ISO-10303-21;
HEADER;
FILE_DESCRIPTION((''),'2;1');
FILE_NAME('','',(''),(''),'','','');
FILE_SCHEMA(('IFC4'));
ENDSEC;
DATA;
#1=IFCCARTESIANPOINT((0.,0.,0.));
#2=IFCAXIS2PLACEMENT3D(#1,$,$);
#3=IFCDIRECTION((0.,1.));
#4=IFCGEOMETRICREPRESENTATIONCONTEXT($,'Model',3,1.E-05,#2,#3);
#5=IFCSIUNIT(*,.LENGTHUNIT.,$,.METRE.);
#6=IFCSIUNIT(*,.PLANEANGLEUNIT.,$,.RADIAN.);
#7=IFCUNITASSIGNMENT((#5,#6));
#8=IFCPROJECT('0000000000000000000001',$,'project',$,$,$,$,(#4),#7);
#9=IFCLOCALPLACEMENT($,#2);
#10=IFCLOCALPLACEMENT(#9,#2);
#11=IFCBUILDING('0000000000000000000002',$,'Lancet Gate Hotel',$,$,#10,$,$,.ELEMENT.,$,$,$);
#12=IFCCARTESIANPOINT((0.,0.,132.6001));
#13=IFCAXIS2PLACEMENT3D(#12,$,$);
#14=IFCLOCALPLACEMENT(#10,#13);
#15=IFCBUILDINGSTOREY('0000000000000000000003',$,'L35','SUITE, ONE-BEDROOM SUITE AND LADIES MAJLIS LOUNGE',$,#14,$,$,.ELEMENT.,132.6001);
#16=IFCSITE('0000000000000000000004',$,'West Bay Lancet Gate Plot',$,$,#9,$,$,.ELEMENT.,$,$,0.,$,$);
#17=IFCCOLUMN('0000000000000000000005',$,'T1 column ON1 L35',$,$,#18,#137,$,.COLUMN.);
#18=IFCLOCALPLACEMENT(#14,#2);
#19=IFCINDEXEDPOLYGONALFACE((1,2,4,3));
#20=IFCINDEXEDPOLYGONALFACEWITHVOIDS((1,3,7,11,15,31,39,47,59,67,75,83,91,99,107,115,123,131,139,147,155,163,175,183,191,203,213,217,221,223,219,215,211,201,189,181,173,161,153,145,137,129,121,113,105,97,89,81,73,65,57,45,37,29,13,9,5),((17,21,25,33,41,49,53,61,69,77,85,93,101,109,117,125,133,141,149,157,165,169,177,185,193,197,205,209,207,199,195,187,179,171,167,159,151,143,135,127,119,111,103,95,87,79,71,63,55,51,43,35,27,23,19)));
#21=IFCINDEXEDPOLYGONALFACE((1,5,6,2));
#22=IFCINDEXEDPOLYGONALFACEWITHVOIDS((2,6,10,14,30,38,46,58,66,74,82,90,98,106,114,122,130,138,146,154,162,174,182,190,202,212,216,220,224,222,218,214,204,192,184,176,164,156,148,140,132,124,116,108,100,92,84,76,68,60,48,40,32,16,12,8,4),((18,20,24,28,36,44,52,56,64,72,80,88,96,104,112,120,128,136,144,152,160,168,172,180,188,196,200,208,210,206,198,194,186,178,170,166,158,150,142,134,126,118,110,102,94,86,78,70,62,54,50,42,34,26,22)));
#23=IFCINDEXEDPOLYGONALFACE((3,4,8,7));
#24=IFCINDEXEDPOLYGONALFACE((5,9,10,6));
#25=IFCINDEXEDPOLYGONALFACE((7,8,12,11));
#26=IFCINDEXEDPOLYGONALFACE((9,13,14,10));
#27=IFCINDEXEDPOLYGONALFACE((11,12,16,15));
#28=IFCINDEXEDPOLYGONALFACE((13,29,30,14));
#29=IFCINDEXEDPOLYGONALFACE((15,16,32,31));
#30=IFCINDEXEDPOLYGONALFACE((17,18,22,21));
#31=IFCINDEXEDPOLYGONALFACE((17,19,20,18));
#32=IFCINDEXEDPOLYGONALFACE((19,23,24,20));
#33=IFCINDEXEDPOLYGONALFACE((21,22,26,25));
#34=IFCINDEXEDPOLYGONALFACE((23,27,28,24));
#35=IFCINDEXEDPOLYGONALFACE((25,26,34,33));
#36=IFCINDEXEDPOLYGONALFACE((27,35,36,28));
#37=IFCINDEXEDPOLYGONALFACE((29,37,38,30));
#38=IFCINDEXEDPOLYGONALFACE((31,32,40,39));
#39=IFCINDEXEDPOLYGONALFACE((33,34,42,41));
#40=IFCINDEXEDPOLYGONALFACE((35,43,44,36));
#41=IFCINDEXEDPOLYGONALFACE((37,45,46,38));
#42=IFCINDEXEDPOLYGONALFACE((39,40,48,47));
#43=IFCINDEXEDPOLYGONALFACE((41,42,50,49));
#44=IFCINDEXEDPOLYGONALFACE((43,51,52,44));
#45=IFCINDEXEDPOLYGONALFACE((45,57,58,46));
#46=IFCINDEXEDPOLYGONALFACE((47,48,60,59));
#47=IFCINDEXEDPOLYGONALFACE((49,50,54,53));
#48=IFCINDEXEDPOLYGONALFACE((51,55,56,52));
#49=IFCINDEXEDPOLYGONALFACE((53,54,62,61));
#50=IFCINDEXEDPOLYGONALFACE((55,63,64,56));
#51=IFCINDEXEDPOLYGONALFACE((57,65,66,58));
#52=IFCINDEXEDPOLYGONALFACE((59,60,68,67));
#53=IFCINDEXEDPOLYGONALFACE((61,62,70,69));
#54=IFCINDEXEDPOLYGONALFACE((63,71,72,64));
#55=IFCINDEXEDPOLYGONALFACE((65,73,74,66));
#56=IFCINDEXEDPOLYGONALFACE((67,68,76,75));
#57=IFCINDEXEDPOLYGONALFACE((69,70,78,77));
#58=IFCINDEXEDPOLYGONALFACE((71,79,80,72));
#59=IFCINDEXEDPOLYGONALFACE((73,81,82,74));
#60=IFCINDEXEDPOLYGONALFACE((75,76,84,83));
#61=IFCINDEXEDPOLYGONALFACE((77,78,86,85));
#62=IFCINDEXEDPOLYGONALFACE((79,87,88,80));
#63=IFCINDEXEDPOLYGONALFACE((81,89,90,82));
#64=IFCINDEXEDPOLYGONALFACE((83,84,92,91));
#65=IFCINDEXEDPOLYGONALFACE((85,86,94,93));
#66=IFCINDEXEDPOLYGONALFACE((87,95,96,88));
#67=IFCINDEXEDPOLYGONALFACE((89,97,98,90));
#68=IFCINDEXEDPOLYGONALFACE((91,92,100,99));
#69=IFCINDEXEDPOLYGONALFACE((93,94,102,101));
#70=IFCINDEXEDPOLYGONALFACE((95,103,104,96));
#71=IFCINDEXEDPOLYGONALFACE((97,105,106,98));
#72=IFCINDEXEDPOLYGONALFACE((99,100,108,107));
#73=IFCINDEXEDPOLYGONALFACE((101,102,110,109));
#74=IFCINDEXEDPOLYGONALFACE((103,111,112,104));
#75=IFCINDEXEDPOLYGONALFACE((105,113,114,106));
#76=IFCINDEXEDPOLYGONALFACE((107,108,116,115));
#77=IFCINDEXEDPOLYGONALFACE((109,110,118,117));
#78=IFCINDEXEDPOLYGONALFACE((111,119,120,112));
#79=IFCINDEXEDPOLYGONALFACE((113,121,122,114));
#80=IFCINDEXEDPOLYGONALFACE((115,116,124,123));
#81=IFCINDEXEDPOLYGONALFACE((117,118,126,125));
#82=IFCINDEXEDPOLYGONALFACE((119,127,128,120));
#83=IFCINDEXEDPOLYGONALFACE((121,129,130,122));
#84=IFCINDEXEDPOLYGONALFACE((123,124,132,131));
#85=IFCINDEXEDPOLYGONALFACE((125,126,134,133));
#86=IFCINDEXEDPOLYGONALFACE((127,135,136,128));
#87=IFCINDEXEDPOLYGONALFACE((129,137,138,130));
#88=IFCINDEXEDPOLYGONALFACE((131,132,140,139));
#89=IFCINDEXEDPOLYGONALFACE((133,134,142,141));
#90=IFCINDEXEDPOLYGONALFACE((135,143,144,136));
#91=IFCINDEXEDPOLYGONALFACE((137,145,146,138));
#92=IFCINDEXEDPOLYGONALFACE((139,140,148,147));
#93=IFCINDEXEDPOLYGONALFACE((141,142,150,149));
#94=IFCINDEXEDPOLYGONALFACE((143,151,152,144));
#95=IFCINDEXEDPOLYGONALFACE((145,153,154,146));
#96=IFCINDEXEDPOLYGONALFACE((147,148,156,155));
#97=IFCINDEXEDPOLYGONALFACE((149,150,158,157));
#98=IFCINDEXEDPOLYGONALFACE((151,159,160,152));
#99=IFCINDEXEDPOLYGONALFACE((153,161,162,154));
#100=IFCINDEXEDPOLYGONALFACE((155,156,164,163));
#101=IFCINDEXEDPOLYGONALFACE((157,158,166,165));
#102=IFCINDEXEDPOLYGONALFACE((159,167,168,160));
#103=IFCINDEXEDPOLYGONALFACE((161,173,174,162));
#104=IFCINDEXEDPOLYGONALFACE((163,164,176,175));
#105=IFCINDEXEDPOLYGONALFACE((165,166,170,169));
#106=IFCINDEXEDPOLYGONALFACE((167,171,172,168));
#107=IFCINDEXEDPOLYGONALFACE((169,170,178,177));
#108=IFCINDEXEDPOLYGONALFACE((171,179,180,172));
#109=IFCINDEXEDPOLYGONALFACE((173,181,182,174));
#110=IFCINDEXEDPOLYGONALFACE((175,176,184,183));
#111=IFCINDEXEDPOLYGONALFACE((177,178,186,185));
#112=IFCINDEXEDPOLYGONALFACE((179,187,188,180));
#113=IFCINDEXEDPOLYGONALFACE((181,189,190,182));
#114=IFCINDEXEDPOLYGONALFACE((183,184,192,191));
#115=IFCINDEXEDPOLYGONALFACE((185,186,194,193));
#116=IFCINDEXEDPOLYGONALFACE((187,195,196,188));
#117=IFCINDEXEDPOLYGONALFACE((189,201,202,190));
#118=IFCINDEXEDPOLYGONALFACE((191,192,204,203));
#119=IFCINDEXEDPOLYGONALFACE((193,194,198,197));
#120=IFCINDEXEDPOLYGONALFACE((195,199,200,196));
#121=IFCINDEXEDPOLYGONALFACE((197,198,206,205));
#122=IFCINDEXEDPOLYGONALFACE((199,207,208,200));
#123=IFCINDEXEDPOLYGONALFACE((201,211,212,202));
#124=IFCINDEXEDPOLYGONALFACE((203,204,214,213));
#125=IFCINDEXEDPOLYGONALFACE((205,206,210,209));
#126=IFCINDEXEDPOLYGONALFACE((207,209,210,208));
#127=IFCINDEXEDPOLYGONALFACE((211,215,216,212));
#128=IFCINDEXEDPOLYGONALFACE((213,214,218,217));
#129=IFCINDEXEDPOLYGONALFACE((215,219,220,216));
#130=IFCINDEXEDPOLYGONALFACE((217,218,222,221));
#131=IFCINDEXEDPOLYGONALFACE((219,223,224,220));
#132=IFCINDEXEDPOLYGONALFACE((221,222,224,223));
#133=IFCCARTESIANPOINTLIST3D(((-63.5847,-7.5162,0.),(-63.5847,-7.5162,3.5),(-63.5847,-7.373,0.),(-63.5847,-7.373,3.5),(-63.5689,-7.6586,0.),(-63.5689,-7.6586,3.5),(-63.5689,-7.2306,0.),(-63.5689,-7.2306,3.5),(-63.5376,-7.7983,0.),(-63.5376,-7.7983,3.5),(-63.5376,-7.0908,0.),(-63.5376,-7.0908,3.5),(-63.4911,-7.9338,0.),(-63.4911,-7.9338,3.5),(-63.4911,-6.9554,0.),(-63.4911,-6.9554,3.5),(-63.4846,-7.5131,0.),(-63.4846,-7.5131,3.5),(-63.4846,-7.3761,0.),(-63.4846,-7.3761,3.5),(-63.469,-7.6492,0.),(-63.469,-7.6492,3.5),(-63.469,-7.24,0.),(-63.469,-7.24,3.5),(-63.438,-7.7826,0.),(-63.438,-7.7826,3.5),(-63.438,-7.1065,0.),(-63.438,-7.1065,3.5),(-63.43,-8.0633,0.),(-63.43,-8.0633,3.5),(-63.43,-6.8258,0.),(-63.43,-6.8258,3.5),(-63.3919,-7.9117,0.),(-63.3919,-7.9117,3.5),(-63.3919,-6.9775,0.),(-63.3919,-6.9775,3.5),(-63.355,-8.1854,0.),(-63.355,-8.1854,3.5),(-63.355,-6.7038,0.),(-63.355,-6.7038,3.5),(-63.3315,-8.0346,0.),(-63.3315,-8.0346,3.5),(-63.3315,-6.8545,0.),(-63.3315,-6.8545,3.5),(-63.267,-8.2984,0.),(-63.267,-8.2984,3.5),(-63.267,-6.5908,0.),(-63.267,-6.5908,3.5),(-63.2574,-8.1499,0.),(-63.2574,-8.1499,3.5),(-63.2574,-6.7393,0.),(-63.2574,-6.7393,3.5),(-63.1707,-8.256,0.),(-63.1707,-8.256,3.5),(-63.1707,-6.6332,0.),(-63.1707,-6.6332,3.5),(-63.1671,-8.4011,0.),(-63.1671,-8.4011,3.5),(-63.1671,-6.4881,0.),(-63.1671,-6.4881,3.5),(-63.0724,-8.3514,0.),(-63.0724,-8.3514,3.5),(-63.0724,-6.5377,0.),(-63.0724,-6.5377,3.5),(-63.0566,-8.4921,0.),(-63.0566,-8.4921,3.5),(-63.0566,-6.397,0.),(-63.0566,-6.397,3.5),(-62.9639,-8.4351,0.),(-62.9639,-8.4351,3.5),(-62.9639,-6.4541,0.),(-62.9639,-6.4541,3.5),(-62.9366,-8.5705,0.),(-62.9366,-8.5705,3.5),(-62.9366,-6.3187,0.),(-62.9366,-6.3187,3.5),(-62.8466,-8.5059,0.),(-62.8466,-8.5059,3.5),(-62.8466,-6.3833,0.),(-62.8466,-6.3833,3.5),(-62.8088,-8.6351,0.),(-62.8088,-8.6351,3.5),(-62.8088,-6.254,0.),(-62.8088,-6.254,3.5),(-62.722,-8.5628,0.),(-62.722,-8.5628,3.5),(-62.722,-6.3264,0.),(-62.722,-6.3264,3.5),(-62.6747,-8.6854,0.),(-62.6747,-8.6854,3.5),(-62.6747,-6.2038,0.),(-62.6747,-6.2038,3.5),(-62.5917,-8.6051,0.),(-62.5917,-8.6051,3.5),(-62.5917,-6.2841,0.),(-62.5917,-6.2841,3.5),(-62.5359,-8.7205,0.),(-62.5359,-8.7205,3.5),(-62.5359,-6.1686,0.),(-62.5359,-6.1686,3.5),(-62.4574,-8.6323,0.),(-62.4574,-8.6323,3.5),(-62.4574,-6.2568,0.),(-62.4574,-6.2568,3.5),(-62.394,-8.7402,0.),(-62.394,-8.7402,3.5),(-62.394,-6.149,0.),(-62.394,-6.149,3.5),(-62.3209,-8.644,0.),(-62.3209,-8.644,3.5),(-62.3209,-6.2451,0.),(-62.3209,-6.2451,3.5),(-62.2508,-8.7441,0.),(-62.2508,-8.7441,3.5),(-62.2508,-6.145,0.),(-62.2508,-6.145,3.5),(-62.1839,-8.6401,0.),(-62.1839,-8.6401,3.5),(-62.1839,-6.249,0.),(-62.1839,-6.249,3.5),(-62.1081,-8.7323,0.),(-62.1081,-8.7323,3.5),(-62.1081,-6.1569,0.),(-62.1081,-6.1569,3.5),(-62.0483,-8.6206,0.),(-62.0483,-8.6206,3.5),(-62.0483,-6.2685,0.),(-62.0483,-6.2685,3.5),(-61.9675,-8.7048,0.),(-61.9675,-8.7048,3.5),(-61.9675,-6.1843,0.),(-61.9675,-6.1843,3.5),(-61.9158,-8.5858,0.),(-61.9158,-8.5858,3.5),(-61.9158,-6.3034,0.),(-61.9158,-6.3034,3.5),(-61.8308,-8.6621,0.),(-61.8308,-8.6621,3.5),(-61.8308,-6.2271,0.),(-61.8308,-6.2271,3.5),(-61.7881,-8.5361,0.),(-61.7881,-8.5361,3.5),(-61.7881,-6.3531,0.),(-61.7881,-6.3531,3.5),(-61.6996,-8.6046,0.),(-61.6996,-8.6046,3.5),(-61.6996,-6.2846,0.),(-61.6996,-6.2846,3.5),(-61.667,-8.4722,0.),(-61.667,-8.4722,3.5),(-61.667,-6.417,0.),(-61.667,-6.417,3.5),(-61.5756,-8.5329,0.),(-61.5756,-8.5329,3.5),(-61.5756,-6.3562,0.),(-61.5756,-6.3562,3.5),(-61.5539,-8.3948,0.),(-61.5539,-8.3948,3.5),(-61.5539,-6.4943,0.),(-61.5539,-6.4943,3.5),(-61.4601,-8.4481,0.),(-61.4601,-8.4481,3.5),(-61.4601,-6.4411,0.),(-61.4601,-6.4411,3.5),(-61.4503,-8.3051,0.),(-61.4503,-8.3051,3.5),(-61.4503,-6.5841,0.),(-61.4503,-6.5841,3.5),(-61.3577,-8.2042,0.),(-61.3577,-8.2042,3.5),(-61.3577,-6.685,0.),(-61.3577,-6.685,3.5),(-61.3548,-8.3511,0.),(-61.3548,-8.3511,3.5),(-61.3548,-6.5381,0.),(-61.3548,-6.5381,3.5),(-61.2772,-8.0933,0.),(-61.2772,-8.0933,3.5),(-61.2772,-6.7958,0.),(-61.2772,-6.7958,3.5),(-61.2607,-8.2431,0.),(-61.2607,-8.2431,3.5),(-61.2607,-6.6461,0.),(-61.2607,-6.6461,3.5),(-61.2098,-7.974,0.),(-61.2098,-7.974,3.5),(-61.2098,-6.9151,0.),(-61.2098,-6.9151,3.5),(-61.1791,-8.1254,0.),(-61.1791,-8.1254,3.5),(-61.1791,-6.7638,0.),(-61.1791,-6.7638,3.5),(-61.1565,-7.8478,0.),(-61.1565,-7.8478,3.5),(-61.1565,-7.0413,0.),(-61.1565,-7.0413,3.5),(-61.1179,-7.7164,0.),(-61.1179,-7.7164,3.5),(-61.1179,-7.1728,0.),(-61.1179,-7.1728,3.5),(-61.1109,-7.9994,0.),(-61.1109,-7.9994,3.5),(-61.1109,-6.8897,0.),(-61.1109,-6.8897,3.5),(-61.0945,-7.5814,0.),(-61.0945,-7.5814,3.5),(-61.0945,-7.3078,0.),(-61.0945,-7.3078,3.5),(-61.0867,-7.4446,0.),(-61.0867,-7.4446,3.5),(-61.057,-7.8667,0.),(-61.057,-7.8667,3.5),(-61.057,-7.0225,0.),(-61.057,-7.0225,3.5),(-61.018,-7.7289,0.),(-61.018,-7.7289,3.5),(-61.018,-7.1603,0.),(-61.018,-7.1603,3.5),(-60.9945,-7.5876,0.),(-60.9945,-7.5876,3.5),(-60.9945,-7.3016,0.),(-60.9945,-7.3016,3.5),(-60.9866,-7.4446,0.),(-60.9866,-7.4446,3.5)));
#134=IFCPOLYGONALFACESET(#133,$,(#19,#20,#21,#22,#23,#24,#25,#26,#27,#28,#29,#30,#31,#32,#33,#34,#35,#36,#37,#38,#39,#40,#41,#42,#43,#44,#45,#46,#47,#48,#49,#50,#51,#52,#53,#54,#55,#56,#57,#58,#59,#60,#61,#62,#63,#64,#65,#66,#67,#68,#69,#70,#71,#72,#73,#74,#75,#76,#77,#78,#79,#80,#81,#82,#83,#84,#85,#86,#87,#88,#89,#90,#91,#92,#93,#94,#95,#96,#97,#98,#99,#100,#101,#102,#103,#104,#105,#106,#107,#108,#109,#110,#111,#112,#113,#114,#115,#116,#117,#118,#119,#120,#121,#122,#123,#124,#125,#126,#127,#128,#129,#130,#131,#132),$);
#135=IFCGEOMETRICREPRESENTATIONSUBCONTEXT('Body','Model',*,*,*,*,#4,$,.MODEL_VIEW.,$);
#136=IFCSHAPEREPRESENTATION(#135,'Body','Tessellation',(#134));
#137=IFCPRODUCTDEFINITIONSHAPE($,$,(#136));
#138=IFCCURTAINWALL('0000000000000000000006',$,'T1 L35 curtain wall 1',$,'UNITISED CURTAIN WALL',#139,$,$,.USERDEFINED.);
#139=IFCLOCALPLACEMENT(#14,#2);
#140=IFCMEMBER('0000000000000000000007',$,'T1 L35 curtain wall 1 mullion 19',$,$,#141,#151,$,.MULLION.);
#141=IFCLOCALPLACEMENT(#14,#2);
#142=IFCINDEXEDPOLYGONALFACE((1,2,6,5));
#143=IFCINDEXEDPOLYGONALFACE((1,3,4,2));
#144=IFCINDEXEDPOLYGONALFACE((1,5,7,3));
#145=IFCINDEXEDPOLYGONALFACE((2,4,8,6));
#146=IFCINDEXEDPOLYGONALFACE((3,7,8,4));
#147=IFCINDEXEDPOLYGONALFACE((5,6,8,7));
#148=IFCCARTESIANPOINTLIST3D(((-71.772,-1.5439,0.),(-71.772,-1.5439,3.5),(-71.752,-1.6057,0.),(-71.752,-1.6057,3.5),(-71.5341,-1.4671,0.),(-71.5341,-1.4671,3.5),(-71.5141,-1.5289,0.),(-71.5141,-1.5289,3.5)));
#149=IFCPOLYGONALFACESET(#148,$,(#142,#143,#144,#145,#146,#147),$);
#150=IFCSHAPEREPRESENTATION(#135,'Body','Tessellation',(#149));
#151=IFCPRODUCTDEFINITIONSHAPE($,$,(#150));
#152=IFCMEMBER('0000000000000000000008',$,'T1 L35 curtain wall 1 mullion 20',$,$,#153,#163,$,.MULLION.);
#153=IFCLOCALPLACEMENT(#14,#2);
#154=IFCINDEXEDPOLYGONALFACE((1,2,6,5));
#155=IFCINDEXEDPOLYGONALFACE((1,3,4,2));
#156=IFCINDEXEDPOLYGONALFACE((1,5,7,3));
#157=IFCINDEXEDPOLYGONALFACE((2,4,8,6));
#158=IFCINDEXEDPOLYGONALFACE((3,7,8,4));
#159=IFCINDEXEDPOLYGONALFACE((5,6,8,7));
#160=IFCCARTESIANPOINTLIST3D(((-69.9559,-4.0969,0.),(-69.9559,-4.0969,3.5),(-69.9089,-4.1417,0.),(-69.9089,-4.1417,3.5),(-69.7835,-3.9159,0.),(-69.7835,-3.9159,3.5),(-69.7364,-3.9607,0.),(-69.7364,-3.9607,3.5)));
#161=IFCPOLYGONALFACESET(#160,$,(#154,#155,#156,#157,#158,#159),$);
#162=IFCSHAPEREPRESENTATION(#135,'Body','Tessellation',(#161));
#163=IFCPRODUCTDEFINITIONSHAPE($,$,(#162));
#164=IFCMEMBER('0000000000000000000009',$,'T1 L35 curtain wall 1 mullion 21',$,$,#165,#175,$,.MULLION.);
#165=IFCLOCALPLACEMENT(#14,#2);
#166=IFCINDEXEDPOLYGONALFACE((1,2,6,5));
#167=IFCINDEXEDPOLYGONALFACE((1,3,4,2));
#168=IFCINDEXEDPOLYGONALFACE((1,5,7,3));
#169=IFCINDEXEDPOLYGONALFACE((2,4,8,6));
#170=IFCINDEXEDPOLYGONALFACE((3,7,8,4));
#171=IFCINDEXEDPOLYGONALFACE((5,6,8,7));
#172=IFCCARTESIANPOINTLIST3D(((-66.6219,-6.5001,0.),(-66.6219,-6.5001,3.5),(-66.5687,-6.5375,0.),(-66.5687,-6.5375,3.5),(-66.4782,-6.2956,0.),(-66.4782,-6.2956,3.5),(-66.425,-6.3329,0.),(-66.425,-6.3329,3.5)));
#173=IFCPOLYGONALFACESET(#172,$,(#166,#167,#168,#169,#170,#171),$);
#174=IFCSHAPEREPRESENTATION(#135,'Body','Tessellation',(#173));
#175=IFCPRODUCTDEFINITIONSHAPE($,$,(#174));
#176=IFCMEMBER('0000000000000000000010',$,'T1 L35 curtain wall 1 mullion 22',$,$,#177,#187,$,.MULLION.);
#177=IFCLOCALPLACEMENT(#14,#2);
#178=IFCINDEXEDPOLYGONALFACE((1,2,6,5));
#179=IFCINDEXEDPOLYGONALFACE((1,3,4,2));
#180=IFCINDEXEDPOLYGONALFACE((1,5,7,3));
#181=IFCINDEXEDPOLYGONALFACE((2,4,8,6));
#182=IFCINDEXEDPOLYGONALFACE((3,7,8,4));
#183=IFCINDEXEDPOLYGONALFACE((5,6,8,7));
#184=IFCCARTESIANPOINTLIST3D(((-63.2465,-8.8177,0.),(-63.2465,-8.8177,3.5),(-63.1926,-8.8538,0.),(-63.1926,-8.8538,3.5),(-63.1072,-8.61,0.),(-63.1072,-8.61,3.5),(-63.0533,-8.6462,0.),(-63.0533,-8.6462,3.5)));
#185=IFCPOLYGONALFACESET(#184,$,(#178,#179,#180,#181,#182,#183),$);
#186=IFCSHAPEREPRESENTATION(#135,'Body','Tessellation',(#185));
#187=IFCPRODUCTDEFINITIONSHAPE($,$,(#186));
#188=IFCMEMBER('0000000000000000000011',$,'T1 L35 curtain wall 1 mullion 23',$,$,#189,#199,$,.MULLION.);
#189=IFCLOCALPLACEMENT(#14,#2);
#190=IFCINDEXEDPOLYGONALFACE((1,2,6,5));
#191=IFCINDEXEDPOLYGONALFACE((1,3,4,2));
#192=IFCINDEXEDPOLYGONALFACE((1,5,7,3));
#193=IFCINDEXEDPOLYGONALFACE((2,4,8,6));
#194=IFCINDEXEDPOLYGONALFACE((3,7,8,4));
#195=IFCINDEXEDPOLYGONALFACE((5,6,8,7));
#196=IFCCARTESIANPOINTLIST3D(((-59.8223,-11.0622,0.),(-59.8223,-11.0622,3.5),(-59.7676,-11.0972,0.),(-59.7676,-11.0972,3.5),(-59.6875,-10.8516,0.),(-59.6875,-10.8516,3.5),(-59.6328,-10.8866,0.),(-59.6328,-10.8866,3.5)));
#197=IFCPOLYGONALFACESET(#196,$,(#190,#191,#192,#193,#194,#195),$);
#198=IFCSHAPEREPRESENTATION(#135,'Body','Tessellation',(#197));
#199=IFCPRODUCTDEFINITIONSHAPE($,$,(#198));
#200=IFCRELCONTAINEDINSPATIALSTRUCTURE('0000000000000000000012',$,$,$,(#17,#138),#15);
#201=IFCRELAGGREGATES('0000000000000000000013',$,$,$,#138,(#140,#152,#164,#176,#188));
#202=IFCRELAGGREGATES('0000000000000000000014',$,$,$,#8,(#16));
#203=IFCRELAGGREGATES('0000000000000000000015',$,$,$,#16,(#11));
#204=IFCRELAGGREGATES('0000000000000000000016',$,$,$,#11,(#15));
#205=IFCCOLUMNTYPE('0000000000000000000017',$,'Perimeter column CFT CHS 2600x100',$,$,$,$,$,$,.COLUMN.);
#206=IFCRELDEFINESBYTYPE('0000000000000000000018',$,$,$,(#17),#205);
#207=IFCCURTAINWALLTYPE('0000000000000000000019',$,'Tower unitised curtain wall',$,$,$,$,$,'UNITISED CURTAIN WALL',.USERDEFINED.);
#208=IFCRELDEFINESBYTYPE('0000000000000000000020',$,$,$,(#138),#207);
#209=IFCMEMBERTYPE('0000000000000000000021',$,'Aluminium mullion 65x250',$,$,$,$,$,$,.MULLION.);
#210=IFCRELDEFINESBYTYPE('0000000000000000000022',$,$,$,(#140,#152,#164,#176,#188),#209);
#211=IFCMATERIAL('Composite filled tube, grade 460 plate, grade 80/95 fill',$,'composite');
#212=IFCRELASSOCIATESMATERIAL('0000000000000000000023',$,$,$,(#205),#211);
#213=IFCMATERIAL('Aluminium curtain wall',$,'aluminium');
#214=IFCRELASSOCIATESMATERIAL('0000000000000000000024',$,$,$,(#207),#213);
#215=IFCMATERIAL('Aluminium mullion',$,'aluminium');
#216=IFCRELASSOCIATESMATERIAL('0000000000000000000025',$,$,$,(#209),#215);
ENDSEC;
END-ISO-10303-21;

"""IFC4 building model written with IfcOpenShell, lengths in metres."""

from ifc_helpers import new_model, si_unit, direction, frame, origin, origin_2d, place, context, subcontext, project, spatial, rectangle, hollow_circle, extrude, material, material_profile, profile_set, type_object, element, aggregate, save


model = new_model("IFC4")

# Units and contexts
model_context = context("Model", 3, precision=1e-05, world=origin(), true_north=direction((0.0, 1.0)))
body_context = subcontext(model_context, "Body", "Model", "MODEL_VIEW")
ifc_project = project(units=[si_unit("LENGTHUNIT", "METRE"), si_unit("PLANEANGLEUNIT", "RADIAN")], contexts=[model_context])

# Site, building, storey
site_placement = place(None, origin())
site = spatial("IfcSite", under=ifc_project, at=site_placement, Name="West Bay Lancet Gate Plot", CompositionType="ELEMENT", RefElevation=0.0)
building_placement = place(site_placement, origin())
building = spatial("IfcBuilding", under=site, at=building_placement, Name="Lancet Gate Hotel", CompositionType="ELEMENT")
storey_placement = place(building_placement, frame((0.0, 0.0, 132.6001)))
storey = spatial("IfcBuildingStorey", under=building, at=storey_placement, Name="L35", Description="SUITE, ONE-BEDROOM SUITE AND LADIES MAJLIS LOUNGE", CompositionType="ELEMENT", Elevation=132.6001)

# Column
ifc_material_1 = material(Name="Composite filled tube, grade 460 plate, grade 80/95 fill", Category="composite")
ifc_material_profile_1 = material_profile(ifc_material_1, hollow_circle(Radius=1.3, WallThickness=0.1001, at=origin_2d()), Name="CHS 2600x100")
ifc_profile_set_1 = profile_set([ifc_material_profile_1], Name="Composite filled tube, grade 460 plate, grade 80/95 fill")
column_type_1 = type_object("IfcColumnType", Name="Perimeter column CFT CHS 2600x100", PredefinedType="COLUMN", material=ifc_profile_set_1)
column_1_placement = place(storey_placement, frame((-62.2866, -7.4446, 0.0), z_axis=(0.0, 0.0, 1.0), x_axis=(1.0, 0.0, 0.0)))
element("IfcColumn", 1, at=column_1_placement, inside=storey, type_object=column_type_1, Name="T1 column ON1 L35", PredefinedType="COLUMN", context=body_context, shape_type="SweptSolid", body=[
    extrude(hollow_circle(Radius=1.3, WallThickness=0.1001, at=origin_2d()), origin(), (0.0, 0.0, 1.0), 3.5),
])

# Curtain wall, members
ifc_material_2 = material(Name="Aluminium curtain wall", Category="aluminium")
curtain_wall_type = type_object("IfcCurtainWallType", Name="Tower unitised curtain wall", ElementType="UNITISED CURTAIN WALL", PredefinedType="USERDEFINED", material=ifc_material_2)
curtain_wall_placement = place(storey_placement, origin())
curtain_wall = element("IfcCurtainWall", 2, at=curtain_wall_placement, inside=storey, type_object=curtain_wall_type, Name="T1 L35 curtain wall 1", ObjectType="UNITISED CURTAIN WALL", PredefinedType="USERDEFINED")
ifc_material_3 = material(Name="Aluminium mullion", Category="aluminium")
ifc_material_profile_2 = material_profile(ifc_material_3, rectangle(XDim=0.0649, YDim=0.25, at=origin_2d()), Name="MULLION 65x250")
ifc_profile_set_2 = profile_set([ifc_material_profile_2], Name="Aluminium mullion")
member_type_1 = type_object("IfcMemberType", Name="Aluminium mullion 65x250", PredefinedType="MULLION", material=ifc_profile_set_2)
member_1_placement = place(storey_placement, frame((-71.6431, -1.5364, 0.0), z_axis=(0.0, 0.0, 1.0), x_axis=(0.307269, -0.951623, 0.0)))
member_1 = element("IfcMember", 3, at=member_1_placement, type_object=member_type_1, Name="T1 L35 curtain wall 1 mullion 19", PredefinedType="MULLION", context=body_context, shape_type="SweptSolid", body=[
    extrude(rectangle(XDim=0.0649, YDim=0.25, at=origin_2d()), origin(), (0.0, 0.0, 1.0), 3.5),
])
member_2_placement = place(storey_placement, frame((-69.8462, -4.0288, 0.0), z_axis=(0.0, 0.0, 1.0), x_axis=(0.723846, -0.689961, 0.0)))
member_2 = element("IfcMember", 4, at=member_2_placement, type_object=member_type_1, Name="T1 L35 curtain wall 1 mullion 20", PredefinedType="MULLION", context=body_context, shape_type="SweptSolid", body=[
    extrude(rectangle(XDim=0.0649, YDim=0.25, at=origin_2d()), origin(), (0.0, 0.0, 1.0), 3.5),
])
member_3_placement = place(storey_placement, frame((-66.5234, -6.4165, 0.0), z_axis=(0.0, 0.0, 1.0), x_axis=(0.818327, -0.574753, 0.0)))
member_3 = element("IfcMember", 5, at=member_3_placement, type_object=member_type_1, Name="T1 L35 curtain wall 1 mullion 21", PredefinedType="MULLION", context=body_context, shape_type="SweptSolid", body=[
    extrude(rectangle(XDim=0.0649, YDim=0.25, at=origin_2d()), origin(), (0.0, 0.0, 1.0), 3.5),
])
member_4_placement = place(storey_placement, frame((-63.1499, -8.7319, 0.0), z_axis=(0.0, 0.0, 1.0), x_axis=(0.83051, -0.557004, 0.0)))
member_4 = element("IfcMember", 6, at=member_4_placement, type_object=member_type_1, Name="T1 L35 curtain wall 1 mullion 22", PredefinedType="MULLION", context=body_context, shape_type="SweptSolid", body=[
    extrude(rectangle(XDim=0.0649, YDim=0.25, at=origin_2d()), origin(), (0.0, 0.0, 1.0), 3.5),
])
member_5_placement = place(storey_placement, frame((-59.7275, -10.9744, 0.0), z_axis=(0.0, 0.0, 1.0), x_axis=(0.842308, -0.538996, 0.0)))
member_5 = element("IfcMember", 7, at=member_5_placement, type_object=member_type_1, Name="T1 L35 curtain wall 1 mullion 23", PredefinedType="MULLION", context=body_context, shape_type="SweptSolid", body=[
    extrude(rectangle(XDim=0.0649, YDim=0.25, at=origin_2d()), origin(), (0.0, 0.0, 1.0), 3.5),
])

aggregate(curtain_wall, [member_1, member_2, member_3, member_4, member_5])

save(model, "model.ifc")
